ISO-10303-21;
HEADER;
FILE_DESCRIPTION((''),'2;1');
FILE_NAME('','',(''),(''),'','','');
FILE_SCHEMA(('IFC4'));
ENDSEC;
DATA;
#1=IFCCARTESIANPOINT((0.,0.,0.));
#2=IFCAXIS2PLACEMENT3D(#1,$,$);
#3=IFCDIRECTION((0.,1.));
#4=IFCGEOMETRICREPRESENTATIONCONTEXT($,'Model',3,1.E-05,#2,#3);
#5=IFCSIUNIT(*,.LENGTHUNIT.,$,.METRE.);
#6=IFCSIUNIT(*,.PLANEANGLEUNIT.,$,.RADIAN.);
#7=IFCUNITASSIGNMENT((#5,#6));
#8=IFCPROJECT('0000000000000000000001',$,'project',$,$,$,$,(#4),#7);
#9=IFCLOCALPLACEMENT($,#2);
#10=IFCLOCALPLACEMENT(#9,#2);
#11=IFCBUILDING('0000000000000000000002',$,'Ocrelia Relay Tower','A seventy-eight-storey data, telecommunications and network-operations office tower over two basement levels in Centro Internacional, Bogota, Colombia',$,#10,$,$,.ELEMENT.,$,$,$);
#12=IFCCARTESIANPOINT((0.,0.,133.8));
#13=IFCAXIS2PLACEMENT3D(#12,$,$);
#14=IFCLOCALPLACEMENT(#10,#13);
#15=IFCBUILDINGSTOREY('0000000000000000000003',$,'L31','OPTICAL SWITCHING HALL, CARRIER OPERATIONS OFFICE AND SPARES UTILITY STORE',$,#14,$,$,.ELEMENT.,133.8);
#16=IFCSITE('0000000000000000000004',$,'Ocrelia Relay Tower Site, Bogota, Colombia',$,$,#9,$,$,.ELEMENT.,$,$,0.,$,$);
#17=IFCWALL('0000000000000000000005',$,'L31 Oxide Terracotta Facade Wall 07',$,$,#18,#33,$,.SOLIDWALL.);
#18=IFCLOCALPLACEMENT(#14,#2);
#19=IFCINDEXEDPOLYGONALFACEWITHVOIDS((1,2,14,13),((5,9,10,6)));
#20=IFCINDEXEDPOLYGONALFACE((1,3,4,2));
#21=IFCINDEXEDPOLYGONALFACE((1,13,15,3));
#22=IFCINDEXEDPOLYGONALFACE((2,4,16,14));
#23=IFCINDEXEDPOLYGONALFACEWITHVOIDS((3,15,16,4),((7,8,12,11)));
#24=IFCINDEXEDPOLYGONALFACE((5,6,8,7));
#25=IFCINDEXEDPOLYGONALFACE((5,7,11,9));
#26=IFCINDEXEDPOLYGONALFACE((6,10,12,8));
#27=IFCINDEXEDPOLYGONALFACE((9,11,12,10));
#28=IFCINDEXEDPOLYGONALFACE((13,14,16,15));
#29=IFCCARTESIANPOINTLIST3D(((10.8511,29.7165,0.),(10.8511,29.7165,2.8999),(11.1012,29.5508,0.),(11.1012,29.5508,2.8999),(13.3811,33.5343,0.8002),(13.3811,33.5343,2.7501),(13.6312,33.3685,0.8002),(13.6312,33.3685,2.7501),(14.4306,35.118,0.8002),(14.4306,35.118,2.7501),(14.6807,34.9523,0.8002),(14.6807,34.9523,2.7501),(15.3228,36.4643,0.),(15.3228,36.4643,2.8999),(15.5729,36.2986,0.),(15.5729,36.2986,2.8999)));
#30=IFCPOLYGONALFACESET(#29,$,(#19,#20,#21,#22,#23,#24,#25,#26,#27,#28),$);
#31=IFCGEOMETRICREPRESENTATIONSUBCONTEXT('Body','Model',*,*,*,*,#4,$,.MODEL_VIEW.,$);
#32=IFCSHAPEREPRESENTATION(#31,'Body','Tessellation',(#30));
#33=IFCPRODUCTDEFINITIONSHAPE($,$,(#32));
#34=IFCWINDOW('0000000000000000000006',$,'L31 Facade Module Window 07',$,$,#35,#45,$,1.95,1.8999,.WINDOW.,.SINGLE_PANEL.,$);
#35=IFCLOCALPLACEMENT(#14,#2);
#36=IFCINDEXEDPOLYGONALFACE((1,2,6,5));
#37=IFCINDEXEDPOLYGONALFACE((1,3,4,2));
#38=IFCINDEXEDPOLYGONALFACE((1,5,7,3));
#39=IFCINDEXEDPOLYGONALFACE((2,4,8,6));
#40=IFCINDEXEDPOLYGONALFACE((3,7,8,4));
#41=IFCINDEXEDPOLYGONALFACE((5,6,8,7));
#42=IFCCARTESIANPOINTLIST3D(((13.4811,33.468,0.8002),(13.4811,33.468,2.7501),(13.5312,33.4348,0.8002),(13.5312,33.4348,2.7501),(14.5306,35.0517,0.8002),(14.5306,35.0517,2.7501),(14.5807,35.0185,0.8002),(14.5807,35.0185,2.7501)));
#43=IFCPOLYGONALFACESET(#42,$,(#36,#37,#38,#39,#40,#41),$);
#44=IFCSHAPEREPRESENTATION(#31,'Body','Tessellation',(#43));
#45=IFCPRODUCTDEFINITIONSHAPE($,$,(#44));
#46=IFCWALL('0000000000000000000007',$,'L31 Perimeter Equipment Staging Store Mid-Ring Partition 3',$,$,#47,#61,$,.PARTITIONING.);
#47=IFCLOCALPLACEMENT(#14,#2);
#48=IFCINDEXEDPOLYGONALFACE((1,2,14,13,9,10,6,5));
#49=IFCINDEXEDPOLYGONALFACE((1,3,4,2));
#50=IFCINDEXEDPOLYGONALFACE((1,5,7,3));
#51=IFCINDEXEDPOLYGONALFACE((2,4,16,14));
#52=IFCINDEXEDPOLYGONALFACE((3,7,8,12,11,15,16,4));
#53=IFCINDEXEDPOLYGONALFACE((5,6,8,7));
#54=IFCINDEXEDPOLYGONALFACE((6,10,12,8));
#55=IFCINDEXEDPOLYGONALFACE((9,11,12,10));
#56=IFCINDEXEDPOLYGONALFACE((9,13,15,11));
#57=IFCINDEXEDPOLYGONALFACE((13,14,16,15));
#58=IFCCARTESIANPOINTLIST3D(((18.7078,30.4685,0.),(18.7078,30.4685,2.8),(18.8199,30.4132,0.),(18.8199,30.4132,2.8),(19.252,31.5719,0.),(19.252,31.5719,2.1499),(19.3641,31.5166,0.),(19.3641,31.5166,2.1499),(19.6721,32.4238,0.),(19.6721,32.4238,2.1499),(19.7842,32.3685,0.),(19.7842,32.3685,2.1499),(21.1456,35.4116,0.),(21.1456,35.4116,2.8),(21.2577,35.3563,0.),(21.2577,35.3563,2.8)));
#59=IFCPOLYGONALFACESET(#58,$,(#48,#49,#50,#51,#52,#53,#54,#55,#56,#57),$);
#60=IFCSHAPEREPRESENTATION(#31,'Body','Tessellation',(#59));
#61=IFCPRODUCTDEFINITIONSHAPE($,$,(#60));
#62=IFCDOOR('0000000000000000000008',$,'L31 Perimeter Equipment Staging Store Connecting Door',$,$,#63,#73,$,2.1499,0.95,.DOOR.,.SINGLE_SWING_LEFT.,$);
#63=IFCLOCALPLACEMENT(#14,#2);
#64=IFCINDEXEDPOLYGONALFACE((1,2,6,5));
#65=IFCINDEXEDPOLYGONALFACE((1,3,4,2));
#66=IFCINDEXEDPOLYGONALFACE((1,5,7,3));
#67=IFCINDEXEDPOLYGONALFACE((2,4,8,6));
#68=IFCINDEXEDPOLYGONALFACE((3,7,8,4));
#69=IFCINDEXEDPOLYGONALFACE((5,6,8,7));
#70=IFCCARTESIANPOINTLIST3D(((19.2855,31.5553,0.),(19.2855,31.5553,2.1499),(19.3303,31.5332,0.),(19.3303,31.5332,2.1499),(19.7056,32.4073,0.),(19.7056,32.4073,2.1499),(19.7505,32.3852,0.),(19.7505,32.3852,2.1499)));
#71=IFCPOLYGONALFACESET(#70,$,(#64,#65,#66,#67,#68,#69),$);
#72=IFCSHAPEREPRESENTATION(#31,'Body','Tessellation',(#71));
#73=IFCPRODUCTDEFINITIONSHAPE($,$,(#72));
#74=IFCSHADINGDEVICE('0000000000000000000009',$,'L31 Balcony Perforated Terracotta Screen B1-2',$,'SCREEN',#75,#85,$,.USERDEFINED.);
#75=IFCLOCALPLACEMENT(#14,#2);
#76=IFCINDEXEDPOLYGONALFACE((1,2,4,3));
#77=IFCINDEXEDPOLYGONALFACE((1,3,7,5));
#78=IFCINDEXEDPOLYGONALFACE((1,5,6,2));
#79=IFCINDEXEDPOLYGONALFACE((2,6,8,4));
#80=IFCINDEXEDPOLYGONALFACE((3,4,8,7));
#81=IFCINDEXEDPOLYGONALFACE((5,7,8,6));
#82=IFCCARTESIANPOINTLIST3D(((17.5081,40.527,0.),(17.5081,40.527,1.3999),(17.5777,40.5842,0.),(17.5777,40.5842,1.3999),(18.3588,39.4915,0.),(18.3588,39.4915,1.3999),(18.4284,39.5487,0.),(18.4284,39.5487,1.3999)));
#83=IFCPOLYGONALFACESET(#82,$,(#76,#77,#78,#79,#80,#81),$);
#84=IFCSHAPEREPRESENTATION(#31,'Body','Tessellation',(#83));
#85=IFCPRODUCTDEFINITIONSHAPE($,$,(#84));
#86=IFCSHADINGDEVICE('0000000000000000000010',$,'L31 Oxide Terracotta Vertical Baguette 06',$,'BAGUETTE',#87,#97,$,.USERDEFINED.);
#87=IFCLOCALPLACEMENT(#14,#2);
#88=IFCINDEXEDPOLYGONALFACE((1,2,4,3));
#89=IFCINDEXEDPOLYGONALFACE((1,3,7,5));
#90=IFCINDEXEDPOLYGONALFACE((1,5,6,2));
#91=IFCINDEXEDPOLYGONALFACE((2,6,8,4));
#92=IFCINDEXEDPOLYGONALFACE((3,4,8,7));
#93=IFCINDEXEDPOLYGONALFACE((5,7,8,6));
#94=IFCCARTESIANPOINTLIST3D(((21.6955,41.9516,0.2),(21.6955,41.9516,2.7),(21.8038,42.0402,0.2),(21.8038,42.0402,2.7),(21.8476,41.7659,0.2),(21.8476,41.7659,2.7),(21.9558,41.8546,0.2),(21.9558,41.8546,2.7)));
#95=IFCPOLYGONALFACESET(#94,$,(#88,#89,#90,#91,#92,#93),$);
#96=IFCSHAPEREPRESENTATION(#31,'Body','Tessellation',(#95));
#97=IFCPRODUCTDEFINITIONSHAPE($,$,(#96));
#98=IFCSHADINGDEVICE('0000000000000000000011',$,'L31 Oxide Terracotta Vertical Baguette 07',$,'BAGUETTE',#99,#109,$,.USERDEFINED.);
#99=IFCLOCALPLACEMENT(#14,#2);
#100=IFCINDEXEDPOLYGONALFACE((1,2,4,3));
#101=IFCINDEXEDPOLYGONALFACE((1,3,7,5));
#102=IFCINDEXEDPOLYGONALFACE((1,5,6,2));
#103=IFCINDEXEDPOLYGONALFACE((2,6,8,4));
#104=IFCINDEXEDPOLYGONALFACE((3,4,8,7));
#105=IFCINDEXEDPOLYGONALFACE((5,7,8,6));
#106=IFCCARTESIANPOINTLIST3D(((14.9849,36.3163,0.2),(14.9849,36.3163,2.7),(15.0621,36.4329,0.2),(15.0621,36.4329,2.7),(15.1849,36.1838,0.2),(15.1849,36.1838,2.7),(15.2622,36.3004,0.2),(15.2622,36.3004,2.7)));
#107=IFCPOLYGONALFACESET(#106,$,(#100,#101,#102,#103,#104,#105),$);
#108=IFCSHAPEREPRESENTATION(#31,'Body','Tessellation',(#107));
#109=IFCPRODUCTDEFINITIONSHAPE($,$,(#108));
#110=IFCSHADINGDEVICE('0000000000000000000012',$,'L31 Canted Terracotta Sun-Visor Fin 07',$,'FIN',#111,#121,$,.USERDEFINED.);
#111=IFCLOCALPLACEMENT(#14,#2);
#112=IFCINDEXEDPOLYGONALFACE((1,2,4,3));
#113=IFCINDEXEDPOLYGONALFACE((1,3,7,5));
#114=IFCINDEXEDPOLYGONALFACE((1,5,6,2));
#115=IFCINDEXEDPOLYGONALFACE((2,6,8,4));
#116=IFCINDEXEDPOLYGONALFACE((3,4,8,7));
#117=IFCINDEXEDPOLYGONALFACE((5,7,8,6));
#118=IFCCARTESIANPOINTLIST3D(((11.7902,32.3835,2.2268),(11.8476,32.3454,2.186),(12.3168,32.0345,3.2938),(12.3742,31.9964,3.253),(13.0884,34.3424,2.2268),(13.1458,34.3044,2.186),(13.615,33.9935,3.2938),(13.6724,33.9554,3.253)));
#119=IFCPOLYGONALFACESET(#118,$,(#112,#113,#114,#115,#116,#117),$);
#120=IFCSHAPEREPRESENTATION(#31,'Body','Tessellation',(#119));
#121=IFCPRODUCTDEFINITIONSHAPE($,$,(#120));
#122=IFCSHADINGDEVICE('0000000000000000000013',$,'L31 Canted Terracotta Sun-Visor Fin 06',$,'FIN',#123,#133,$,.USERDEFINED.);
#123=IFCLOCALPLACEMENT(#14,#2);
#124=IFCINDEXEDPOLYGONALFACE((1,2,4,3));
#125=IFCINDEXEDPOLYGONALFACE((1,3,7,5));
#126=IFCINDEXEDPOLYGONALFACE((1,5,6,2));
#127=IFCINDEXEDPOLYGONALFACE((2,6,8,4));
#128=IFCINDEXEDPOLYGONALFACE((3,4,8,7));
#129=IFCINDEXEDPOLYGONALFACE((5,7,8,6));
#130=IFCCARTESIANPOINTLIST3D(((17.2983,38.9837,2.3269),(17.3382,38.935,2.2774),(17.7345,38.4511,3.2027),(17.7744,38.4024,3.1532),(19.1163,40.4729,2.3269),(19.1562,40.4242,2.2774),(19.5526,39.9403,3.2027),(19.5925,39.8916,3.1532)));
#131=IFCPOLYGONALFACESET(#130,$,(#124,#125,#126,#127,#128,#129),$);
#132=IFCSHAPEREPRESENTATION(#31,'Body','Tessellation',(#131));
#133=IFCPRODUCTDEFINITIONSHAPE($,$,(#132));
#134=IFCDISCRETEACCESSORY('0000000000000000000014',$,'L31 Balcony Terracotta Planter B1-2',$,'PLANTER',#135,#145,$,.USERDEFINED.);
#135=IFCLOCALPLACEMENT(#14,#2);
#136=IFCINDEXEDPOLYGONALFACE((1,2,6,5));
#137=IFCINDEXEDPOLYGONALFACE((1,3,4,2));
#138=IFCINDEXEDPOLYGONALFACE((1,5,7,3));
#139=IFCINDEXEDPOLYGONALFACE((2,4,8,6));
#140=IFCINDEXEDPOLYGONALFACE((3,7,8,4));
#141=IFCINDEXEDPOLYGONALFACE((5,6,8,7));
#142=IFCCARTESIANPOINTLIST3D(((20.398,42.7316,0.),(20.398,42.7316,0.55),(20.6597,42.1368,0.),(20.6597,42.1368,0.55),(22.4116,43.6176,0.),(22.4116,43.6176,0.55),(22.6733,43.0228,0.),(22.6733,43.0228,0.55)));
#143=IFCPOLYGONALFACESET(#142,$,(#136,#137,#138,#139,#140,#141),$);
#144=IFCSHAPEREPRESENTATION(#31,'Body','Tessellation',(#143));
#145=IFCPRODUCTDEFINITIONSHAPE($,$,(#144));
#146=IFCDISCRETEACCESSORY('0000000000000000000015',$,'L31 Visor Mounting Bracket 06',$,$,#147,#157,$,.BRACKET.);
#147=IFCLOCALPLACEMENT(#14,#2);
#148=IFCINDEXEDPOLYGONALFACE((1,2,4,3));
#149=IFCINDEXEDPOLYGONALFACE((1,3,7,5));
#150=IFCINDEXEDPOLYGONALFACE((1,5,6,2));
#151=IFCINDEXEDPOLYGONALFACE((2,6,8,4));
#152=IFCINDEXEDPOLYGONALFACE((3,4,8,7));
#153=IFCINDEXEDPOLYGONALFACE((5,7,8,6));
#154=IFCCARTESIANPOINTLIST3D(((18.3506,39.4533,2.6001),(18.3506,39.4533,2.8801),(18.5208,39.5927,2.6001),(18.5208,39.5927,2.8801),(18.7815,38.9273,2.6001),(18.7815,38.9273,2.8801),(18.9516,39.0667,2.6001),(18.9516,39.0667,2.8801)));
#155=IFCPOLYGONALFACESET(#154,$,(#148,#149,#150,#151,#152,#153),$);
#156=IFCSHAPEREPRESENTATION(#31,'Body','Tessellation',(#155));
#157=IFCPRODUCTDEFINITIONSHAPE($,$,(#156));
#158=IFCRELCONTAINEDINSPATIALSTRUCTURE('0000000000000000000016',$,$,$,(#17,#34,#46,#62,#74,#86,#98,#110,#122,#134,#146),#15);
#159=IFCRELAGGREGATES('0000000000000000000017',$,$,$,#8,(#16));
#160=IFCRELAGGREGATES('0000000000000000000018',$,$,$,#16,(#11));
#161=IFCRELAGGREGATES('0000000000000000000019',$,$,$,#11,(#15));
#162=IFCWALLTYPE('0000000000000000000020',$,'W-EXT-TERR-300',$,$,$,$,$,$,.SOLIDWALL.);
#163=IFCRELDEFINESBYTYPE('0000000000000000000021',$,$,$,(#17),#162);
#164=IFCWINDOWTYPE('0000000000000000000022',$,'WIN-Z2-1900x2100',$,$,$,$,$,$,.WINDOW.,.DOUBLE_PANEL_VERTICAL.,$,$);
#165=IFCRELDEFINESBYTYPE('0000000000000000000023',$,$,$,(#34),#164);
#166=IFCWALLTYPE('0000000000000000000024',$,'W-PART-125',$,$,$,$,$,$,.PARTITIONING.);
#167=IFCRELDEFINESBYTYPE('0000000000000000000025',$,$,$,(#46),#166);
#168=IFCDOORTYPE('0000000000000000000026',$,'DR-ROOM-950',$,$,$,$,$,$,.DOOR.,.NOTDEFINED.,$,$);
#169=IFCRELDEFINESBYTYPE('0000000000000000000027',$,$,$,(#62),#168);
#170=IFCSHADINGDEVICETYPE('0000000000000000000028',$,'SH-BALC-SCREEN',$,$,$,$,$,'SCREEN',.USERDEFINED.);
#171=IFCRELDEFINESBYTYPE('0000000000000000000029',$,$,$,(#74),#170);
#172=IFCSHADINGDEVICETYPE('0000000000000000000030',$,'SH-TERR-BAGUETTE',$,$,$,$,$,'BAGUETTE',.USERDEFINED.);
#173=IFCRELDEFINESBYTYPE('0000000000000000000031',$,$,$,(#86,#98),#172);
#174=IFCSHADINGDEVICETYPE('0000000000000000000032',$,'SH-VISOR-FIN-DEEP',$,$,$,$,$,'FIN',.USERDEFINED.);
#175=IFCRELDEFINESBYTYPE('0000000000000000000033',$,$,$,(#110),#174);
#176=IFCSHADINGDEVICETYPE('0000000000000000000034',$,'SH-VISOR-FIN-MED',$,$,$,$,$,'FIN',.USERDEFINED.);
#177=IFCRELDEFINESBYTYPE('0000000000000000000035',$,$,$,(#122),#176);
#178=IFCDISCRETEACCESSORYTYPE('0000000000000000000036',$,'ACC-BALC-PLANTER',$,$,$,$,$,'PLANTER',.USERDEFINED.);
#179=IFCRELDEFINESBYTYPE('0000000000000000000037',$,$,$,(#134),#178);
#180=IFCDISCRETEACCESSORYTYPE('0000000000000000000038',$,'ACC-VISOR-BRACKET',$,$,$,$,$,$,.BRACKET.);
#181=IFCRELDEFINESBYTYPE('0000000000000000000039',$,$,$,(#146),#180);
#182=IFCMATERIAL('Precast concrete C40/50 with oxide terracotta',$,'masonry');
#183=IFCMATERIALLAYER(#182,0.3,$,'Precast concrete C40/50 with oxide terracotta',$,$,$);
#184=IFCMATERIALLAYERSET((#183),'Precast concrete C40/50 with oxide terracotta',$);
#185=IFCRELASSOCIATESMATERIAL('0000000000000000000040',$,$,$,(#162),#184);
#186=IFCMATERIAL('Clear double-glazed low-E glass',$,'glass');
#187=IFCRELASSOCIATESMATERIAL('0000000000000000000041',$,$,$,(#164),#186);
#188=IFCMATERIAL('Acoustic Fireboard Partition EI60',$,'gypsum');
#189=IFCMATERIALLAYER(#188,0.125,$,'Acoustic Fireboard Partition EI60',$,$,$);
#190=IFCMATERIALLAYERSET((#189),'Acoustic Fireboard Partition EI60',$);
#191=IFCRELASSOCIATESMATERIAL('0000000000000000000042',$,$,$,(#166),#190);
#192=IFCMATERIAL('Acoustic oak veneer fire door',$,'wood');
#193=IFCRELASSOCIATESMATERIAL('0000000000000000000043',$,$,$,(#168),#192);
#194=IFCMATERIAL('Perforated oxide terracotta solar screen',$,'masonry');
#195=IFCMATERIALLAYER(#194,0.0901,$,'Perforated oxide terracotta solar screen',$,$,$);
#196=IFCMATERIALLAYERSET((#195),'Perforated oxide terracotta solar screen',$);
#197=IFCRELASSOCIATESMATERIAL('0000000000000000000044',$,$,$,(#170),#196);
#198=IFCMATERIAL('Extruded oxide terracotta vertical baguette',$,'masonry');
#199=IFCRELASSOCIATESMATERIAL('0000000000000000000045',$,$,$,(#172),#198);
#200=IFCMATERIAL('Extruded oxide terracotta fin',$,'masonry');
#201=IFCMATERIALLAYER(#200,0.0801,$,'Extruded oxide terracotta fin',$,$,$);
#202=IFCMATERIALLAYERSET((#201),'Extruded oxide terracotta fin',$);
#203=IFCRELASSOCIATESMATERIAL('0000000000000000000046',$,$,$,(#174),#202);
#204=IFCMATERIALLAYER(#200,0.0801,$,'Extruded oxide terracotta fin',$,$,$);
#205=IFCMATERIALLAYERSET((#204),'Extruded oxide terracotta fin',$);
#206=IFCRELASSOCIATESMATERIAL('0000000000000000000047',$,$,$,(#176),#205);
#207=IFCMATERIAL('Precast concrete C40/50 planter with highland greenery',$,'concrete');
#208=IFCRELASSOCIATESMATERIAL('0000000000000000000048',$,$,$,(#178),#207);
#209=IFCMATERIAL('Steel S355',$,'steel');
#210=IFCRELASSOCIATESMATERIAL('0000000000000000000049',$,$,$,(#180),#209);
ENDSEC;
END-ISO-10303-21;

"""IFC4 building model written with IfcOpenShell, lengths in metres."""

from ifc_helpers import new_model, si_unit, direction, frame, frame_2d, origin, origin_2d, place, context, subcontext, project, spatial, rectangle, extrude, material, layer, layer_set, type_object, element, fill, save


model = new_model("IFC4")

# Units and contexts
model_context = context("Model", 3, precision=1e-05, world=origin(), true_north=direction((0.0, 1.0)))
body_context = subcontext(model_context, "Body", "Model", "MODEL_VIEW")
ifc_project = project(units=[si_unit("LENGTHUNIT", "METRE"), si_unit("PLANEANGLEUNIT", "RADIAN")], contexts=[model_context])

# Site, building, storey
site_placement = place(None, origin())
site = spatial("IfcSite", under=ifc_project, at=site_placement, Name="Ocrelia Relay Tower Site, Bogota, Colombia", CompositionType="ELEMENT", RefElevation=0.0)
building_placement = place(site_placement, origin())
building = spatial("IfcBuilding", under=site, at=building_placement, Name="Ocrelia Relay Tower", Description="A seventy-eight-storey data, telecommunications and network-operations office tower over two basement levels in Centro Internacional, Bogota, Colombia", CompositionType="ELEMENT")
storey_placement = place(building_placement, frame((0.0, 0.0, 133.8)))
storey = spatial("IfcBuildingStorey", under=building, at=storey_placement, Name="L31", Description="OPTICAL SWITCHING HALL, CARRIER OPERATIONS OFFICE AND SPARES UTILITY STORE", CompositionType="ELEMENT", Elevation=133.8)

# Shared definitions
ifc_material_1 = material(Name="Steel S355", Category="steel")

# Shared definitions
ifc_material_2 = material(Name="Acoustic oak veneer fire door", Category="wood")

# Wall, opening, window
ifc_material_3 = material(Name="Precast concrete C40/50 with oxide terracotta", Category="masonry")
ifc_layer_1 = layer(ifc_material_3, 0.3, Name="Precast concrete C40/50 with oxide terracotta")
ifc_layer_set_1 = layer_set([ifc_layer_1], Name="Precast concrete C40/50 with oxide terracotta")
wall_type_1 = type_object("IfcWallType", Name="W-EXT-TERR-300", PredefinedType="SOLIDWALL", material=ifc_layer_set_1)
ifc_material_4 = material(Name="Clear double-glazed low-E glass", Category="glass")
window_type = type_object("IfcWindowType", Name="WIN-Z2-1900x2100", PartitioningType="DOUBLE_PANEL_VERTICAL", PredefinedType="WINDOW", material=ifc_material_4)
wall_1_placement = place(storey_placement, frame((15.4478, 36.3813, 0.0), z_axis=(0.0, 0.0, 1.0), x_axis=(-0.552401, -0.833578, 0.0)))
wall_1 = element("IfcWall", 1, at=wall_1_placement, inside=storey, type_object=wall_type_1, Name="L31 Oxide Terracotta Facade Wall 07", PredefinedType="SOLIDWALL", context=body_context, shape_type="SweptSolid", body=[
    extrude(rectangle(XDim=8.095, YDim=0.3, at=frame_2d((4.0474, 0.0))), origin(), (0.0, 0.0, 1.0), 2.8999),
])
opening_1_placement = place(wall_1_placement, frame((1.615, 0.0, 0.8)))
opening_1 = element("IfcOpeningElement", 2, at=opening_1_placement, cuts=wall_1, PredefinedType="OPENING", context=body_context, shape_type="SweptSolid", body=[
    extrude(rectangle(XDim=1.8999, YDim=1.95, at=frame_2d((0.95, 0.9751))), frame((0.0, 0.1602, 0.0), z_axis=(0.0, -1.0, 0.0), x_axis=(1.0, 0.0, 0.0)), (0.0, 0.0, 1.0), 0.3201),
])
window_1_placement = place(opening_1_placement, origin())
window_1 = element("IfcWindow", 3, at=window_1_placement, inside=storey, type_object=window_type, Name="L31 Facade Module Window 07", OverallHeight=1.95, OverallWidth=1.8999, PartitioningType="SINGLE_PANEL", PredefinedType="WINDOW", context=body_context, shape_type="SweptSolid", body=[
    extrude(rectangle(XDim=1.8999, YDim=1.95, at=frame_2d((0.95, 0.9751))), frame((0.0, 0.03, 0.0), z_axis=(0.0, -1.0, 0.0), x_axis=(1.0, 0.0, 0.0)), (0.0, 0.0, 1.0), 0.0601),
])
fill(opening_1, window_1)

# Wall, opening, door
ifc_material_5 = material(Name="Acoustic Fireboard Partition EI60", Category="gypsum")
ifc_layer_2 = layer(ifc_material_5, 0.125, Name="Acoustic Fireboard Partition EI60")
ifc_layer_set_2 = layer_set([ifc_layer_2], Name="Acoustic Fireboard Partition EI60")
wall_type_2 = type_object("IfcWallType", Name="W-PART-125", PredefinedType="PARTITIONING", material=ifc_layer_set_2)
wall_2_placement = place(storey_placement, frame((21.2017, 35.384, 0.0), z_axis=(0.0, 0.0, 1.0), x_axis=(-0.442299, -0.896868, 0.0)))
wall_2 = element("IfcWall", 4, at=wall_2_placement, inside=storey, type_object=wall_type_2, Name="L31 Perimeter Equipment Staging Store Mid-Ring Partition 3", PredefinedType="PARTITIONING", context=body_context, shape_type="SweptSolid", body=[
    extrude(rectangle(XDim=5.5115, YDim=0.125, at=frame_2d((2.7559, 0.0))), origin(), (0.0, 0.0, 1.0), 2.8),
])
opening_2_placement = place(wall_2_placement, frame((3.3313, 0.0, 0.0)))
opening_2 = element("IfcOpeningElement", 5, at=opening_2_placement, cuts=wall_2, PredefinedType="OPENING", context=body_context, shape_type="SweptSolid", body=[
    extrude(rectangle(XDim=0.95, YDim=2.1499, at=frame_2d((0.4751, 1.075))), frame((0.0, 0.0725, 0.0), z_axis=(0.0, -1.0, 0.0), x_axis=(1.0, 0.0, 0.0)), (0.0, 0.0, 1.0), 0.145),
])
door_type_1 = type_object("IfcDoorType", Name="DR-ROOM-950", OperationType="NOTDEFINED", PredefinedType="DOOR", material=ifc_material_2)
door_1_placement = place(opening_2_placement, origin())
door_1 = element("IfcDoor", 6, at=door_1_placement, inside=storey, type_object=door_type_1, Name="L31 Perimeter Equipment Staging Store Connecting Door", OperationType="SINGLE_SWING_LEFT", OverallHeight=2.1499, OverallWidth=0.95, PredefinedType="DOOR", context=body_context, shape_type="SweptSolid", body=[
    extrude(rectangle(XDim=0.95, YDim=2.1499, at=frame_2d((0.4751, 1.075))), frame((0.0, 0.0249, 0.0), z_axis=(0.0, -1.0, 0.0), x_axis=(1.0, 0.0, 0.0)), (0.0, 0.0, 1.0), 0.05),
])
fill(opening_2, door_1)

# Shading devices
ifc_material_6 = material(Name="Perforated oxide terracotta solar screen", Category="masonry")
ifc_layer_3 = layer(ifc_material_6, 0.0901, Name="Perforated oxide terracotta solar screen")
ifc_layer_set_3 = layer_set([ifc_layer_3], Name="Perforated oxide terracotta solar screen")
shading_device_type_1 = type_object("IfcShadingDeviceType", Name="SH-BALC-SCREEN", ElementType="SCREEN", PredefinedType="USERDEFINED", material=ifc_layer_set_3)
shading_device_1_placement = place(storey_placement, frame((17.9683, 40.0378, 0.0), z_axis=(0.0, 0.0, 1.0), x_axis=(-0.634811, 0.772667, 0.0)))
element("IfcShadingDevice", 7, at=shading_device_1_placement, inside=storey, type_object=shading_device_type_1, Name="L31 Balcony Perforated Terracotta Screen B1-2", ObjectType="SCREEN", PredefinedType="USERDEFINED", context=body_context, shape_type="SweptSolid", body=[
    extrude(rectangle(XDim=1.3401, YDim=0.0901, at=origin_2d()), origin(), (0.0, 0.0, 1.0), 1.3999),
])
ifc_material_7 = material(Name="Extruded oxide terracotta vertical baguette", Category="masonry")
shading_device_type_2 = type_object("IfcShadingDeviceType", Name="SH-TERR-BAGUETTE", ElementType="BAGUETTE", PredefinedType="USERDEFINED", material=ifc_material_7)
for number, where, z_axis, x_axis, name in (
    (8, (21.8257, 41.9031, 0.2), (0.0, 0.0, 1.0), (-0.773602, -0.633672, 0.0), "L31 Oxide Terracotta Vertical Baguette 06"),
    (9, (15.1235, 36.3083, 0.2), (0.0, 0.0, 1.0), (-0.552406, -0.833575, 0.0), "L31 Oxide Terracotta Vertical Baguette 07"),
):
    element("IfcShadingDevice", number, at=place(storey_placement, frame(where, z_axis=z_axis, x_axis=x_axis)), inside=storey, type_object=shading_device_type_2, Name=name, ObjectType="BAGUETTE", PredefinedType="USERDEFINED", context=body_context, shape_type="SweptSolid", body=[
        extrude(rectangle(XDim=0.1399, YDim=0.24, at=origin_2d()), origin(), (0.0, 0.0, 1.0), 2.5),
    ])
ifc_material_8 = material(Name="Extruded oxide terracotta fin", Category="masonry")
ifc_layer_4 = layer(ifc_material_8, 0.0801, Name="Extruded oxide terracotta fin")
ifc_layer_set_4 = layer_set([ifc_layer_4], Name="Extruded oxide terracotta fin")
shading_device_type_3 = type_object("IfcShadingDeviceType", Name="SH-VISOR-FIN-DEEP", ElementType="FIN", PredefinedType="USERDEFINED", material=ifc_layer_set_4)
shading_device_2_placement = place(storey_placement, frame((12.76, 33.1504, 2.7195), z_axis=(-0.717271, 0.475332, 0.509492), x_axis=(-0.552406, -0.833575, 0.0)))
element("IfcShadingDevice", 10, at=shading_device_2_placement, inside=storey, type_object=shading_device_type_3, Name="L31 Canted Terracotta Sun-Visor Fin 07", ObjectType="FIN", PredefinedType="USERDEFINED", context=body_context, shape_type="SweptSolid", body=[
    extrude(rectangle(XDim=2.3501, YDim=1.24, at=origin_2d()), origin(), (0.0, 0.0, 1.0), 0.0801),
])
ifc_layer_5 = layer(ifc_material_8, 0.0801, Name="Extruded oxide terracotta fin")
ifc_layer_set_5 = layer_set([ifc_layer_5], Name="Extruded oxide terracotta fin")
shading_device_type_4 = type_object("IfcShadingDeviceType", Name="SH-VISOR-FIN-MED", ElementType="FIN", PredefinedType="USERDEFINED", material=ifc_layer_set_5)
shading_device_3_placement = place(storey_placement, frame((18.4653, 39.4133, 2.7153), z_axis=(-0.498181, 0.608191, 0.617997), x_axis=(-0.773602, -0.633672, 0.0)))
element("IfcShadingDevice", 11, at=shading_device_3_placement, inside=storey, type_object=shading_device_type_4, Name="L31 Canted Terracotta Sun-Visor Fin 06", ObjectType="FIN", PredefinedType="USERDEFINED", context=body_context, shape_type="SweptSolid", body=[
    extrude(rectangle(XDim=2.3501, YDim=1.114, at=origin_2d()), origin(), (0.0, 0.0, 1.0), 0.0801),
])

# Discrete accessories
ifc_material_9 = material(Name="Precast concrete C40/50 planter with highland greenery", Category="concrete")
discrete_accessory_type_1 = type_object("IfcDiscreteAccessoryType", Name="ACC-BALC-PLANTER", ElementType="PLANTER", PredefinedType="USERDEFINED", material=ifc_material_9)
discrete_accessory_1_placement = place(storey_placement, frame((21.5356, 42.8772, 0.0), z_axis=(0.0, 0.0, 1.0), x_axis=(0.915313, 0.402744, 0.0)))
element("IfcDiscreteAccessory", 12, at=discrete_accessory_1_placement, inside=storey, type_object=discrete_accessory_type_1, Name="L31 Balcony Terracotta Planter B1-2", ObjectType="PLANTER", PredefinedType="USERDEFINED", context=body_context, shape_type="SweptSolid", body=[
    extrude(rectangle(XDim=2.2, YDim=0.6499, at=origin_2d()), origin(), (0.0, 0.0, 1.0), 0.55),
])
discrete_accessory_type_2 = type_object("IfcDiscreteAccessoryType", Name="ACC-VISOR-BRACKET", PredefinedType="BRACKET", material=ifc_material_1)
discrete_accessory_2_placement = place(storey_placement, frame((18.6511, 39.26, 2.6001), z_axis=(0.0, 0.0, 1.0), x_axis=(-0.773602, -0.633672, 0.0)))
element("IfcDiscreteAccessory", 13, at=discrete_accessory_2_placement, inside=storey, type_object=discrete_accessory_type_2, Name="L31 Visor Mounting Bracket 06", PredefinedType="BRACKET", context=body_context, shape_type="SweptSolid", body=[
    extrude(rectangle(XDim=0.22, YDim=0.6799, at=origin_2d()), origin(), (0.0, 0.0, 1.0), 0.28),
])

save(model, "model.ifc")
